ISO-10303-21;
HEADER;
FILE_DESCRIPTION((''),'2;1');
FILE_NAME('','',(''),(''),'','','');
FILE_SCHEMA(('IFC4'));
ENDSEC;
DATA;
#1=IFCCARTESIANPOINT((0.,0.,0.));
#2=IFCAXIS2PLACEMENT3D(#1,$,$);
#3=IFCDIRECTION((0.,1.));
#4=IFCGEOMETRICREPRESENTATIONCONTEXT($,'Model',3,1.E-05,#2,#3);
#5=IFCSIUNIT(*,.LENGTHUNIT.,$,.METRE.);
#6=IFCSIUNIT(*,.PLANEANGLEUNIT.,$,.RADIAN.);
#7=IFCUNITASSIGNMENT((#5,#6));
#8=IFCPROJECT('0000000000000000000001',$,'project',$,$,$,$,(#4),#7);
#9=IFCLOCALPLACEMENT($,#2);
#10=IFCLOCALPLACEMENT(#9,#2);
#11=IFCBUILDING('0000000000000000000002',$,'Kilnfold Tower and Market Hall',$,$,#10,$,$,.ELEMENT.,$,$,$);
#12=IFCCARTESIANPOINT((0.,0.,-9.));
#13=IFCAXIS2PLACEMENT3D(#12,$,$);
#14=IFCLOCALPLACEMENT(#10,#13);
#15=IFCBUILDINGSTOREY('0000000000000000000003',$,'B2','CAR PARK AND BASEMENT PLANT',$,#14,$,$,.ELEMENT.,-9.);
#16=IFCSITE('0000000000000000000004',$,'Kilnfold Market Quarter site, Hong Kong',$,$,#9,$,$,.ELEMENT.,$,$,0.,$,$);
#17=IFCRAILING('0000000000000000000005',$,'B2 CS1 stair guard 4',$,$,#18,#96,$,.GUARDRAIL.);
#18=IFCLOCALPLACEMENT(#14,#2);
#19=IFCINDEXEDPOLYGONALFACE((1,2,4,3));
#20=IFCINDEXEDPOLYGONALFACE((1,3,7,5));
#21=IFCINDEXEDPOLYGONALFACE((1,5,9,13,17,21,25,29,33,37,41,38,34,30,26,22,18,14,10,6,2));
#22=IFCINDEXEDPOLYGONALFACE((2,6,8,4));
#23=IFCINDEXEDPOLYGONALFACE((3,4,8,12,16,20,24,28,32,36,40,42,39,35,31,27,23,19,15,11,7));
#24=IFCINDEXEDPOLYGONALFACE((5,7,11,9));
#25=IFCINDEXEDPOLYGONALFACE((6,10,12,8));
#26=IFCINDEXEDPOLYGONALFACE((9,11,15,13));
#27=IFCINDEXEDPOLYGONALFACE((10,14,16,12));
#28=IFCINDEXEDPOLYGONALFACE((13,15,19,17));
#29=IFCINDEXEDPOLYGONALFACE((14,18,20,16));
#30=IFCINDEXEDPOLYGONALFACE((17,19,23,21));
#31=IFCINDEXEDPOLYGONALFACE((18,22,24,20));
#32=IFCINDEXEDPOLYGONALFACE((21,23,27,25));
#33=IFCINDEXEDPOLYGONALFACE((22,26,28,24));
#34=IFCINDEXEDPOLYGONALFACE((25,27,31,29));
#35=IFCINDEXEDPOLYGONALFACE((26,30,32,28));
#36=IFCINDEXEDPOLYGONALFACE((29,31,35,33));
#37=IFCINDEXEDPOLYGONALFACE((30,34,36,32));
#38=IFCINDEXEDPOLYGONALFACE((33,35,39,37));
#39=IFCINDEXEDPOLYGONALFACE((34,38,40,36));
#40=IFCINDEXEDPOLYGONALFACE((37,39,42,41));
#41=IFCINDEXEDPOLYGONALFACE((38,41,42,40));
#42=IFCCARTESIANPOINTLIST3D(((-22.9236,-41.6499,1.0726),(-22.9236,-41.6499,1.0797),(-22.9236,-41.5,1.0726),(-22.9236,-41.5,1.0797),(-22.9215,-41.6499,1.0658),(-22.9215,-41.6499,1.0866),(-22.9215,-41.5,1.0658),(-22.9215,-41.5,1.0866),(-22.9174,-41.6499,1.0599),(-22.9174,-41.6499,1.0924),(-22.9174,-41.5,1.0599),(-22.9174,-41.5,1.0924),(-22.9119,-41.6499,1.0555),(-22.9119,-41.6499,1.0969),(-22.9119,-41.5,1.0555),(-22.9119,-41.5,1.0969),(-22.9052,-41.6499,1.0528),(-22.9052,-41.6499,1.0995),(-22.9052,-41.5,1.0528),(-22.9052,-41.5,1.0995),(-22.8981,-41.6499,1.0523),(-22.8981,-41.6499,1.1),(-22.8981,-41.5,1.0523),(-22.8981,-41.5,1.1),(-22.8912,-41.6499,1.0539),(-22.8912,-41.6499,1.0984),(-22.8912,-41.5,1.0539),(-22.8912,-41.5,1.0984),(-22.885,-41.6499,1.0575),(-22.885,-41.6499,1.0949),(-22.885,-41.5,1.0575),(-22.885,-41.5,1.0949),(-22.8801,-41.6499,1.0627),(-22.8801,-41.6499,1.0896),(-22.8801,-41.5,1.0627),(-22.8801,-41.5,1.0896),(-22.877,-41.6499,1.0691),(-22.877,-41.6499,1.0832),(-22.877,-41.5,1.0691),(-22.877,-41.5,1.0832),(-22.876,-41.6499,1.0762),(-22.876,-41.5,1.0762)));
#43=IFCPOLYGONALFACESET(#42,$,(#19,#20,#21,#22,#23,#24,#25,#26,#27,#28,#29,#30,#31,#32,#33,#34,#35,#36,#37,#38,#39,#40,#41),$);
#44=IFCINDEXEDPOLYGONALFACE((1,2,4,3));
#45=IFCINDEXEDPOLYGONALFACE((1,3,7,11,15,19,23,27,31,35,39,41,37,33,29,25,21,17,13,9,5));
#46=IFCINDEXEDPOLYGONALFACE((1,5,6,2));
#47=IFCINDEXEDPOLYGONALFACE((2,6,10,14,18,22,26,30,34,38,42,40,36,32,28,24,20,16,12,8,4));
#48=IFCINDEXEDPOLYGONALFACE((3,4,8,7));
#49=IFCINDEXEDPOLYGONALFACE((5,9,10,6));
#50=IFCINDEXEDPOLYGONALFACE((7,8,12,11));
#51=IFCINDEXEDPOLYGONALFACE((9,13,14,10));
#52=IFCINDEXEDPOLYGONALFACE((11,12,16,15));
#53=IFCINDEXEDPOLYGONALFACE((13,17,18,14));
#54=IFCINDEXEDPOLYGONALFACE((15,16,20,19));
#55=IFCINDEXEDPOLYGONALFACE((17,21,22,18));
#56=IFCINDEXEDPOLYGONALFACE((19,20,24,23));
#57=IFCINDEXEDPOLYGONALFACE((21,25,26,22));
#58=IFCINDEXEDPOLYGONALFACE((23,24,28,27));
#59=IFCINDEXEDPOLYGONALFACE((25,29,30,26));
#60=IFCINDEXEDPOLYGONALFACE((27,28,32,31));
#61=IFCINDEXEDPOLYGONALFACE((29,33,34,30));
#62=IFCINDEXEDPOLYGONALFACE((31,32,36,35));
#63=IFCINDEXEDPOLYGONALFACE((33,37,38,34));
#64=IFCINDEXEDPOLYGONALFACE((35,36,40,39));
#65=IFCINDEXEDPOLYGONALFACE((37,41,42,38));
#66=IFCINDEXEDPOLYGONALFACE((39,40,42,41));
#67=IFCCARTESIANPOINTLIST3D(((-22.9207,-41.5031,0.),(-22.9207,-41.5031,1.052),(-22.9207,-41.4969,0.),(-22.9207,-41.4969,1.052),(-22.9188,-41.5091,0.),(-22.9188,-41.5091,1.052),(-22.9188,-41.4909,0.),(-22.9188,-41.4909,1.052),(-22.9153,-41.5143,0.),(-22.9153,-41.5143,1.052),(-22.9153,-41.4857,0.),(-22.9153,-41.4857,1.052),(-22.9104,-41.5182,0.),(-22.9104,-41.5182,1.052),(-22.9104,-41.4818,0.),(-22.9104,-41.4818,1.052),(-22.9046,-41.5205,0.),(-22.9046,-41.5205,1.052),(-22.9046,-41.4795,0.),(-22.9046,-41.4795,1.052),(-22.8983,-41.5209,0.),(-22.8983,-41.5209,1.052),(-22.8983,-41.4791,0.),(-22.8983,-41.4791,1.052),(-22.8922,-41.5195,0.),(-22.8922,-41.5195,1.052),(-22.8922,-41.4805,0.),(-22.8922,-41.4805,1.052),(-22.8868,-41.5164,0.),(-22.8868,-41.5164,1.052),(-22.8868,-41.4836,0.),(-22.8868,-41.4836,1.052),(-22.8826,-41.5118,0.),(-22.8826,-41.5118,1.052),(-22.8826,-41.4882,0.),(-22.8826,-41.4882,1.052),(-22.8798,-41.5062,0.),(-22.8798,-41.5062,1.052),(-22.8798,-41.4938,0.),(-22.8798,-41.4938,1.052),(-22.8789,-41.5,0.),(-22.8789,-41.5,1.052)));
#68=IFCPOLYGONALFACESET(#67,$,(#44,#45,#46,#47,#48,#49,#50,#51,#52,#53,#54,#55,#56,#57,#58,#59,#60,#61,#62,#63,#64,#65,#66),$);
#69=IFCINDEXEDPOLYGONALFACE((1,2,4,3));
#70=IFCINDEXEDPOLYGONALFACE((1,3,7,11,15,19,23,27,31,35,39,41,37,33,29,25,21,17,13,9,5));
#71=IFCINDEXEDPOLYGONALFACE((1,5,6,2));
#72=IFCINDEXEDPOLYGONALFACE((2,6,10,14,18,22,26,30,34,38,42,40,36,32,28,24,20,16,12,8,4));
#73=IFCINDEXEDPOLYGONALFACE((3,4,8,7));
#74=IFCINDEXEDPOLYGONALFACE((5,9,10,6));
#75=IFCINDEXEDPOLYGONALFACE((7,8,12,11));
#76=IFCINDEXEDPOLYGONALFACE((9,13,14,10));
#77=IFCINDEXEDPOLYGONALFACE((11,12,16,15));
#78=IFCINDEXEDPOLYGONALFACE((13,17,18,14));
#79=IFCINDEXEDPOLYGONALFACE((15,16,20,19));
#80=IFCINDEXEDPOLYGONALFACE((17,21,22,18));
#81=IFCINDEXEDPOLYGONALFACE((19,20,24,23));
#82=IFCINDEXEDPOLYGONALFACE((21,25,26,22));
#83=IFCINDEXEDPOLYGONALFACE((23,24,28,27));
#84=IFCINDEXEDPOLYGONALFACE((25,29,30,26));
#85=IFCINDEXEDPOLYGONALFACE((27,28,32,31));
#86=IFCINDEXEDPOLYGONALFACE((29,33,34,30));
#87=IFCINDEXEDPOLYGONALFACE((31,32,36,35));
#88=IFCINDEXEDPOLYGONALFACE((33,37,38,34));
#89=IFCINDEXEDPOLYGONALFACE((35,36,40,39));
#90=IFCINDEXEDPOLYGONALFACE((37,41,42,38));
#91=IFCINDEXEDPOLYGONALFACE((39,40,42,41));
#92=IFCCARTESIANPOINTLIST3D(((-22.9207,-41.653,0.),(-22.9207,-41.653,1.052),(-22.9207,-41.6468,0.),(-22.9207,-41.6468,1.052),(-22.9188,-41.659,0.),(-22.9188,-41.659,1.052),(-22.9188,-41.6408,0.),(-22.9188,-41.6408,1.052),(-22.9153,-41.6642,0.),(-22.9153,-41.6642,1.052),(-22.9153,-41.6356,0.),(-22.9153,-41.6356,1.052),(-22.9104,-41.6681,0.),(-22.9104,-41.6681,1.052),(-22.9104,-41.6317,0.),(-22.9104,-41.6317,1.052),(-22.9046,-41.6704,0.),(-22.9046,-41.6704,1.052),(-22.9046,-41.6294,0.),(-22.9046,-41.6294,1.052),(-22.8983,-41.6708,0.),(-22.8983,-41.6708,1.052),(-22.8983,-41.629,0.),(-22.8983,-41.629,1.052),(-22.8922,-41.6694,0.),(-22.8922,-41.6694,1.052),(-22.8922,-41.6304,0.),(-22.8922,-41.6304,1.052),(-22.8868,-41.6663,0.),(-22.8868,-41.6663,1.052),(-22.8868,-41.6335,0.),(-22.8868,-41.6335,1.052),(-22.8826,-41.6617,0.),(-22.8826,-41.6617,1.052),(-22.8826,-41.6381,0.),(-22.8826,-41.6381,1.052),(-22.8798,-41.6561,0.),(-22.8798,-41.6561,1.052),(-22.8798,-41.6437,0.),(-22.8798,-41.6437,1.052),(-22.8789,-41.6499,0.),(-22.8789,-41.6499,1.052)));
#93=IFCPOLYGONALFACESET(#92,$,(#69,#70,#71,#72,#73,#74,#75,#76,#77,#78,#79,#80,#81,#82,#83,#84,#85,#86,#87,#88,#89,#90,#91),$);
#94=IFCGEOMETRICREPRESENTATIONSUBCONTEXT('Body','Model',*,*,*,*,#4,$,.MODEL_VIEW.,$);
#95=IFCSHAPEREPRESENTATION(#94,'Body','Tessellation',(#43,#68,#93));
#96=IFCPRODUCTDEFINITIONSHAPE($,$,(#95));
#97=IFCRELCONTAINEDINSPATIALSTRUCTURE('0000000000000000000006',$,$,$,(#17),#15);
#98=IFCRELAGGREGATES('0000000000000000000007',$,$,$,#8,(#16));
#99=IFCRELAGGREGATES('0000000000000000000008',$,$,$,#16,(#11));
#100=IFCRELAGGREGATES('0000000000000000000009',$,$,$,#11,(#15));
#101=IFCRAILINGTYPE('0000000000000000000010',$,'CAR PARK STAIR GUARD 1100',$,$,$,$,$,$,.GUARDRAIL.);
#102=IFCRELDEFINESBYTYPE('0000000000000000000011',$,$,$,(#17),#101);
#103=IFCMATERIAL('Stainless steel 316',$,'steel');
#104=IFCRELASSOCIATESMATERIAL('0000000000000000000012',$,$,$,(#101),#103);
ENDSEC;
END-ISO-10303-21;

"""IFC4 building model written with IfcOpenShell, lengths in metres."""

from ifc_helpers import new_model, si_unit, direction, frame, origin, origin_2d, place, context, subcontext, project, spatial, circle, extrude, material, type_object, element, save


model = new_model("IFC4")

# Units and contexts
model_context = context("Model", 3, precision=1e-05, world=origin(), true_north=direction((0.0, 1.0)))
body_context = subcontext(model_context, "Body", "Model", "MODEL_VIEW")
ifc_project = project(units=[si_unit("LENGTHUNIT", "METRE"), si_unit("PLANEANGLEUNIT", "RADIAN")], contexts=[model_context])

# Site, building, storey
site_placement = place(None, origin())
site = spatial("IfcSite", under=ifc_project, at=site_placement, Name="Kilnfold Market Quarter site, Hong Kong", CompositionType="ELEMENT", RefElevation=0.0)
building_placement = place(site_placement, origin())
building = spatial("IfcBuilding", under=site, at=building_placement, Name="Kilnfold Tower and Market Hall", CompositionType="ELEMENT")
storey_placement = place(building_placement, frame((0.0, 0.0, -9.0)))
storey = spatial("IfcBuildingStorey", under=building, at=storey_placement, Name="B2", Description="CAR PARK AND BASEMENT PLANT", CompositionType="ELEMENT", Elevation=-9.0)

# Railing
ifc_material_1 = material(Name="Stainless steel 316", Category="steel")
railing_type_1 = type_object("IfcRailingType", Name="CAR PARK STAIR GUARD 1100", PredefinedType="GUARDRAIL", material=ifc_material_1)
railing_1_placement = place(storey_placement, frame((-22.8999, -41.5, 0.0)))
element("IfcRailing", 1, at=railing_1_placement, inside=storey, type_object=railing_type_1, Name="B2 CS1 stair guard 4", PredefinedType="GUARDRAIL", context=body_context, shape_type="SweptSolid", body=[
    extrude(circle(Radius=0.0239, at=origin_2d()), frame((0.0, 0.0, 1.0762), z_axis=(0.0, -1.0, 0.0), x_axis=(1.0, 0.0, 0.0)), (0.0, 0.0, 1.0), 0.1499),
    extrude(circle(Radius=0.021, at=origin_2d()), origin(), (0.0, 0.0, 1.0), 1.052),
    extrude(circle(Radius=0.021, at=origin_2d()), frame((0.0, -0.1499, 0.0)), (0.0, 0.0, 1.0), 1.052),
])

save(model, "model.ifc")
